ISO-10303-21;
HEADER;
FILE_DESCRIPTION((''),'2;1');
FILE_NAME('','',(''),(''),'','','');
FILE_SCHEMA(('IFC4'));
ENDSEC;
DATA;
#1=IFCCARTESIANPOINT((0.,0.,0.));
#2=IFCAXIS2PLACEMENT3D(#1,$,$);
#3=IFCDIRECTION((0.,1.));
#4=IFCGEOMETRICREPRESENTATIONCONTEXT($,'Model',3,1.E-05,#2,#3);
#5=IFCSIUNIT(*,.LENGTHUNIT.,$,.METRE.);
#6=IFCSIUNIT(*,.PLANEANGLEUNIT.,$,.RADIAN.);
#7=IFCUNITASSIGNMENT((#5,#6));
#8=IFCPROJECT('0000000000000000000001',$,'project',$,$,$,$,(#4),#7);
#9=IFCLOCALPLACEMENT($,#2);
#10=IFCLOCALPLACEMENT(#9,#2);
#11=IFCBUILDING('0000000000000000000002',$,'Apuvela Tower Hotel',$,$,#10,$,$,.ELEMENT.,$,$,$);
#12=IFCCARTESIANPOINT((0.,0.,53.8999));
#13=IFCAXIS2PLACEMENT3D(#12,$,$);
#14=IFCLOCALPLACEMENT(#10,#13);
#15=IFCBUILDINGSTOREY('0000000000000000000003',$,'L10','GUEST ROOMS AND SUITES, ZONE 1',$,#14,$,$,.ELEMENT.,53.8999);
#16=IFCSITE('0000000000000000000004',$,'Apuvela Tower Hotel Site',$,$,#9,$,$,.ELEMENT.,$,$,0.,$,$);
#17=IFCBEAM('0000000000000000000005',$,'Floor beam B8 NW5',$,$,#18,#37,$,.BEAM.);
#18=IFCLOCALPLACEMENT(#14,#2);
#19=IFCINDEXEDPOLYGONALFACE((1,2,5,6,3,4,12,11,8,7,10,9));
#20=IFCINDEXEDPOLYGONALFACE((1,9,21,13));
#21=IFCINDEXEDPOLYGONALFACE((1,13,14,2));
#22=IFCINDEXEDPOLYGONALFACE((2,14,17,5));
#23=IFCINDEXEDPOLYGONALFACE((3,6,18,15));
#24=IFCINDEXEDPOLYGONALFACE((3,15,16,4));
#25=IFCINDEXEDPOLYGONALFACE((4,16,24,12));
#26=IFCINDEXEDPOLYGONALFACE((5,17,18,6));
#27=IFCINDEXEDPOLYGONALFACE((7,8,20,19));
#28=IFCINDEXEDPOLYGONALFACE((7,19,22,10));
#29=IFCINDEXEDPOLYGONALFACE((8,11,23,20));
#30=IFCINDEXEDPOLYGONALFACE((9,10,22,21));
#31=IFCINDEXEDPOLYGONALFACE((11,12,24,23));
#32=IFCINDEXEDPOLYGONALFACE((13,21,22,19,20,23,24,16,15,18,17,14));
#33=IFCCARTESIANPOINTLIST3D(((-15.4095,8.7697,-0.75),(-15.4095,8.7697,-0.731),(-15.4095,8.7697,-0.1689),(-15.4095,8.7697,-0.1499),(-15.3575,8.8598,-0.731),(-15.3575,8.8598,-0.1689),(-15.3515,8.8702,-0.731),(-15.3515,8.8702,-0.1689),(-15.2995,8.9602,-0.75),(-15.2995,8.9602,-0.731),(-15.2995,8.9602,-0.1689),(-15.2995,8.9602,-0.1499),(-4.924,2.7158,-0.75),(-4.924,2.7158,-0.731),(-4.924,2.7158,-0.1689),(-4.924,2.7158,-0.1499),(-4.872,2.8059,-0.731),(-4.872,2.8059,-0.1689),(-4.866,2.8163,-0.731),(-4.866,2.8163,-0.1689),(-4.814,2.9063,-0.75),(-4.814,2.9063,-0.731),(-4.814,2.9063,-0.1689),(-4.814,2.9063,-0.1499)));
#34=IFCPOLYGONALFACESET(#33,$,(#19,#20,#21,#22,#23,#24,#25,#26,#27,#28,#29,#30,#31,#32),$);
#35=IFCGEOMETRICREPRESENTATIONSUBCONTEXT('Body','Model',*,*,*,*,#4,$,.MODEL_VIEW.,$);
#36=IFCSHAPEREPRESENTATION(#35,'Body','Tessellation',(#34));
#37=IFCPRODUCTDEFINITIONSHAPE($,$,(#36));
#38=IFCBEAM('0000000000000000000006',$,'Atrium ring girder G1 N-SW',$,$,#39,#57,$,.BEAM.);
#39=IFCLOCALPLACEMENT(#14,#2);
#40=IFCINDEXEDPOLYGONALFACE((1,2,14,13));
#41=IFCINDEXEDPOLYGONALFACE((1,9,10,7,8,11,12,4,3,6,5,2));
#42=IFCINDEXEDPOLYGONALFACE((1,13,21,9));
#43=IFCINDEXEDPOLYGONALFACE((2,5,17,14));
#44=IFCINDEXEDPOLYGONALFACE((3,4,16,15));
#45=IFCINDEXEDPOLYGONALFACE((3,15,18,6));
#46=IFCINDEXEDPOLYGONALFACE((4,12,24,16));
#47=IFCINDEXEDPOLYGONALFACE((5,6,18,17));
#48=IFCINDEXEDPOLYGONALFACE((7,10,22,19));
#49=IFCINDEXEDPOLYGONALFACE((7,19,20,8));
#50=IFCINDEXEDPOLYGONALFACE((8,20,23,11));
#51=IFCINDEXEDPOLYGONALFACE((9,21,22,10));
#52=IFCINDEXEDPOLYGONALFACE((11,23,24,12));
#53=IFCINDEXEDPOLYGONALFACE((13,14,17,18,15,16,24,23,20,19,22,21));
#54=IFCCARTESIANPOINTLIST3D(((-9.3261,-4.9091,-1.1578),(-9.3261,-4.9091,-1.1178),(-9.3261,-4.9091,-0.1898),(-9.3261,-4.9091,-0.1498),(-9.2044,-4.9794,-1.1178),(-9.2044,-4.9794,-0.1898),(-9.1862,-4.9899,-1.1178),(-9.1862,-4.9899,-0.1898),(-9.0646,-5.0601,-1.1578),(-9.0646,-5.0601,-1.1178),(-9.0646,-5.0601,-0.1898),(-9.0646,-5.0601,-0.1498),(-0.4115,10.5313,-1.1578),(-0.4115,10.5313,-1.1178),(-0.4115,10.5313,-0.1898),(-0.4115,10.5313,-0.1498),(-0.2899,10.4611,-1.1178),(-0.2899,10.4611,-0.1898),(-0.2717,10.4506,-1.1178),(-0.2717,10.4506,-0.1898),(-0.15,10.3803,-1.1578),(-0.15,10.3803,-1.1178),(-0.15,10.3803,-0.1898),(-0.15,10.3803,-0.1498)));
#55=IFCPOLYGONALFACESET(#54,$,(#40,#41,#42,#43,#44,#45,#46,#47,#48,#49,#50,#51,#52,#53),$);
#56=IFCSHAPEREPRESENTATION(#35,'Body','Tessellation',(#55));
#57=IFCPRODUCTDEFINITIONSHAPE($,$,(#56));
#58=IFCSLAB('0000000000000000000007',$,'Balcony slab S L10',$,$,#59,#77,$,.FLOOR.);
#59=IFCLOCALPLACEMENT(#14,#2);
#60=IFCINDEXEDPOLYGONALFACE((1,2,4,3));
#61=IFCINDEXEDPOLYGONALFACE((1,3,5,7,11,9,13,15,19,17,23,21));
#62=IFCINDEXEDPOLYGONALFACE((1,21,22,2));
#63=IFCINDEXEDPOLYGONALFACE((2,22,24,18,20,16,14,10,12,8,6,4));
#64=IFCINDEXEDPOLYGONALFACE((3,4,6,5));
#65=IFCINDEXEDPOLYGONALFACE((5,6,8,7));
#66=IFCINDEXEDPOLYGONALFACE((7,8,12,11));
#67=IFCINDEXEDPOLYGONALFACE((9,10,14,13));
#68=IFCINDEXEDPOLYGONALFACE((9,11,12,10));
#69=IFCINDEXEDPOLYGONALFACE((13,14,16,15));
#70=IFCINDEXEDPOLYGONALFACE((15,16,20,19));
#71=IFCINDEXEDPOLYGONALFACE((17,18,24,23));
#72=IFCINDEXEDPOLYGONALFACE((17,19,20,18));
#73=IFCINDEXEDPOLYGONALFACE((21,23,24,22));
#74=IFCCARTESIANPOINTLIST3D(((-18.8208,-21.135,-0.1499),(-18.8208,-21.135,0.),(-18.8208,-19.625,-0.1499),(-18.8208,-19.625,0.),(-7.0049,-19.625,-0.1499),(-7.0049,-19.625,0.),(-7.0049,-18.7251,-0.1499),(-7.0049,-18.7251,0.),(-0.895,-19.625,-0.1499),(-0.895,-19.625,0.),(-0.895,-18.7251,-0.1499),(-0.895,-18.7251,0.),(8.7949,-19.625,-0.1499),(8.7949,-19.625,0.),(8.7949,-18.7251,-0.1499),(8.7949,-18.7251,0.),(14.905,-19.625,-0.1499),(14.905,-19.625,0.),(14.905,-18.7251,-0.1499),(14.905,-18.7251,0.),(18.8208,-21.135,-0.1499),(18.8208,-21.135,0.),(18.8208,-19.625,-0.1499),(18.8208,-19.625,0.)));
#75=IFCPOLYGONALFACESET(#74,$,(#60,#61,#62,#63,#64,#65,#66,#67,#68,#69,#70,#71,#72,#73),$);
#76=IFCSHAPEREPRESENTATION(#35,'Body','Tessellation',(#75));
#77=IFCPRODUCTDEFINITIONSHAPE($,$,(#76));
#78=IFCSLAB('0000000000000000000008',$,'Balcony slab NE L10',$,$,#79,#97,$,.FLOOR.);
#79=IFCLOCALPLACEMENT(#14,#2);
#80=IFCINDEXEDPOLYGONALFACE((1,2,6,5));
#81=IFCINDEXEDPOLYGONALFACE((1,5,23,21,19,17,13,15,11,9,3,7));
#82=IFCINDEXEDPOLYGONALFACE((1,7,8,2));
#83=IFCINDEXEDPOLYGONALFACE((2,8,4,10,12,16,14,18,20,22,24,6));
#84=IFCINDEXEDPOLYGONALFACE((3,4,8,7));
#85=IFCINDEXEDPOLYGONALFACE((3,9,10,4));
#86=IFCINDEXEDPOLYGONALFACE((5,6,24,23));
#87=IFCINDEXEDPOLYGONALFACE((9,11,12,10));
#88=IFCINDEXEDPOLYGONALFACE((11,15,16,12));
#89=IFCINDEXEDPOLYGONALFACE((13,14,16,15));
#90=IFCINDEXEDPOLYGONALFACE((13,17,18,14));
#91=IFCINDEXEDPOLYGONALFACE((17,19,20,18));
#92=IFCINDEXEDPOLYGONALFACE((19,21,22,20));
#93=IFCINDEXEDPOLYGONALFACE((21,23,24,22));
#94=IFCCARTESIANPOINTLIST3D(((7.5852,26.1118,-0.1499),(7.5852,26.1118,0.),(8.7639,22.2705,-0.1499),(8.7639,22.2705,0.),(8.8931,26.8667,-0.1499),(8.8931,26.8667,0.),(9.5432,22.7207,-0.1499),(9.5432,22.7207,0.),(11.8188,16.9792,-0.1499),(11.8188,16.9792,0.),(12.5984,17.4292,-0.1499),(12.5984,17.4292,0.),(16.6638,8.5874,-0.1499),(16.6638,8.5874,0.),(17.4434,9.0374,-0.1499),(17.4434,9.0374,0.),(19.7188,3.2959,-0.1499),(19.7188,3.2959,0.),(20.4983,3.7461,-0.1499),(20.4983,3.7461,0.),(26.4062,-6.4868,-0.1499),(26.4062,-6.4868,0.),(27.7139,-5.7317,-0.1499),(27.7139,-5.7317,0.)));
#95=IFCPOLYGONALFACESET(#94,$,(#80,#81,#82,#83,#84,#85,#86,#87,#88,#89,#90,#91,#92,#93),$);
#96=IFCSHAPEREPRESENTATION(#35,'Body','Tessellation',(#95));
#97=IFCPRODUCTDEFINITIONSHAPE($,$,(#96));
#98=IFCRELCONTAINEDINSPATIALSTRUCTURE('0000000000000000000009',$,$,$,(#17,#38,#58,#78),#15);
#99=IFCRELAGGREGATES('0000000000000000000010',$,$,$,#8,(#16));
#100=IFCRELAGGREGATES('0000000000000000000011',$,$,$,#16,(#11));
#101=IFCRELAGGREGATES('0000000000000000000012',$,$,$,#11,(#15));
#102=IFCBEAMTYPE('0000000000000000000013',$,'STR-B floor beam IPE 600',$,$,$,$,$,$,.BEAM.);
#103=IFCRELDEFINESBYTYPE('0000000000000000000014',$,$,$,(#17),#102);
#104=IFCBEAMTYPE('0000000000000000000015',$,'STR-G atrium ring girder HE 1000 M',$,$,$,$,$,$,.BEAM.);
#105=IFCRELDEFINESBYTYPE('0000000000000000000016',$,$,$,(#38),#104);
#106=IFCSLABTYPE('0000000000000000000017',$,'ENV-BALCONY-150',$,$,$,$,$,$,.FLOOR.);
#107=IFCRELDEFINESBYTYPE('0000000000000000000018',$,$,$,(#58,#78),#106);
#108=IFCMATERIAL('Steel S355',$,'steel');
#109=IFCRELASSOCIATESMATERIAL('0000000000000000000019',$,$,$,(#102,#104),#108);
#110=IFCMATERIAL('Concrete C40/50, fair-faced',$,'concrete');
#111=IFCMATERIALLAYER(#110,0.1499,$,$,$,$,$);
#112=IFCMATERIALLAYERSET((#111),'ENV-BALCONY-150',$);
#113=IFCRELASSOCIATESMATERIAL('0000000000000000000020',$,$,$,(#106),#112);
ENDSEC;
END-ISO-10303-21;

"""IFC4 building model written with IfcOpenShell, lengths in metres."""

from ifc_helpers import new_model, si_unit, direction, frame, origin, origin_2d, place, context, subcontext, project, spatial, polyline, i_section, outline, extrude, material, layer, layer_set, material_profile, profile_set, type_object, element, save


model = new_model("IFC4")

# Units and contexts
model_context = context("Model", 3, precision=1e-05, world=origin(), true_north=direction((0.0, 1.0)))
body_context = subcontext(model_context, "Body", "Model", "MODEL_VIEW")
ifc_project = project(units=[si_unit("LENGTHUNIT", "METRE"), si_unit("PLANEANGLEUNIT", "RADIAN")], contexts=[model_context])

# Site, building, storey
site_placement = place(None, origin())
site = spatial("IfcSite", under=ifc_project, at=site_placement, Name="Apuvela Tower Hotel Site", CompositionType="ELEMENT", RefElevation=0.0)
building_placement = place(site_placement, origin())
building = spatial("IfcBuilding", under=site, at=building_placement, Name="Apuvela Tower Hotel", CompositionType="ELEMENT")
storey_placement = place(building_placement, frame((0.0, 0.0, 53.8999)))
storey = spatial("IfcBuildingStorey", under=building, at=storey_placement, Name="L10", Description="GUEST ROOMS AND SUITES, ZONE 1", CompositionType="ELEMENT", Elevation=53.8999)

# Beams
ifc_material_1 = material(Name="Steel S355", Category="steel")
ifc_material_profile_1 = material_profile(ifc_material_1, i_section(OverallWidth=0.22, OverallDepth=0.6001, WebThickness=0.012, FlangeThickness=0.019, at=origin_2d()), Name="IPE 600")
ifc_profile_set_1 = profile_set([ifc_material_profile_1], Name="Steel S355")
beam_type_1 = type_object("IfcBeamType", Name="STR-B floor beam IPE 600", PredefinedType="BEAM", material=ifc_profile_set_1)
beam_1_placement = place(storey_placement, frame((-15.3545, 8.865, -0.45), z_axis=(0.866022, -0.500006, 0.0), x_axis=(0.500006, 0.866022, 0.0)))
element("IfcBeam", 1, at=beam_1_placement, inside=storey, type_object=beam_type_1, Name="Floor beam B8 NW5", PredefinedType="BEAM", context=body_context, shape_type="SweptSolid", body=[
    extrude(i_section(OverallWidth=0.22, OverallDepth=0.6001, WebThickness=0.012, FlangeThickness=0.019, at=origin_2d()), origin(), (0.0, 0.0, 1.0), 12.1077),
])
ifc_material_profile_2 = material_profile(ifc_material_1, i_section(OverallWidth=0.302, OverallDepth=1.0081, WebThickness=0.021, FlangeThickness=0.04, at=origin_2d()), Name="HE 1000 M")
ifc_profile_set_2 = profile_set([ifc_material_profile_2], Name="Steel S355")
beam_type_2 = type_object("IfcBeamType", Name="STR-G atrium ring girder HE 1000 M", PredefinedType="BEAM", material=ifc_profile_set_2)
beam_2_placement = place(storey_placement, frame((-0.2808, 10.4558, -0.6538), z_axis=(-0.500001, -0.866025, 0.0), x_axis=(0.866025, -0.500001, 0.0)))
element("IfcBeam", 2, at=beam_2_placement, inside=storey, type_object=beam_type_2, Name="Atrium ring girder G1 N-SW", PredefinedType="BEAM", context=body_context, shape_type="SweptSolid", body=[
    extrude(i_section(OverallWidth=0.302, OverallDepth=1.0081, WebThickness=0.021, FlangeThickness=0.04, at=origin_2d()), origin(), (0.0, 0.0, 1.0), 17.8291),
])

# Slabs
ifc_material_2 = material(Name="Concrete C40/50, fair-faced", Category="concrete")
ifc_layer_1 = layer(ifc_material_2, 0.1499)
ifc_layer_set_1 = layer_set([ifc_layer_1], Name="ENV-BALCONY-150")
slab_type_1 = type_object("IfcSlabType", Name="ENV-BALCONY-150", PredefinedType="FLOOR", material=ifc_layer_set_1)
slab_1_placement = place(storey_placement, frame((0.0, 0.0, -0.1499)))
element("IfcSlab", 3, at=slab_1_placement, inside=storey, type_object=slab_type_1, Name="Balcony slab S L10", PredefinedType="FLOOR", context=body_context, shape_type="SweptSolid", body=[
    extrude(outline(polyline([(18.8208, -21.135), (-18.8208, -21.135), (-18.8208, -19.625), (-7.0049, -19.625), (-7.0049, -18.7251), (-0.895, -18.7251), (-0.895, -19.625), (8.7949, -19.625), (8.7949, -18.7251), (14.905, -18.7251), (14.905, -19.625), (18.8208, -19.625), (18.8208, -21.135)])), origin(), (0.0, 0.0, 1.0), 0.1499),
])
slab_2_placement = place(storey_placement, frame((0.0, 0.0, -0.1499)))
element("IfcSlab", 4, at=slab_2_placement, inside=storey, type_object=slab_type_1, Name="Balcony slab NE L10", PredefinedType="FLOOR", context=body_context, shape_type="SweptSolid", body=[
    extrude(outline(polyline([(17.4434, 9.0374), (12.5984, 17.4292), (11.8188, 16.9792), (8.7639, 22.2705), (9.5432, 22.7207), (7.5852, 26.1118), (8.8931, 26.8667), (27.7139, -5.7317), (26.4062, -6.4868), (20.4983, 3.7461), (19.7188, 3.2959), (16.6638, 8.5874), (17.4434, 9.0374)])), origin(), (0.0, 0.0, 1.0), 0.1499),
])

save(model, "model.ifc")
